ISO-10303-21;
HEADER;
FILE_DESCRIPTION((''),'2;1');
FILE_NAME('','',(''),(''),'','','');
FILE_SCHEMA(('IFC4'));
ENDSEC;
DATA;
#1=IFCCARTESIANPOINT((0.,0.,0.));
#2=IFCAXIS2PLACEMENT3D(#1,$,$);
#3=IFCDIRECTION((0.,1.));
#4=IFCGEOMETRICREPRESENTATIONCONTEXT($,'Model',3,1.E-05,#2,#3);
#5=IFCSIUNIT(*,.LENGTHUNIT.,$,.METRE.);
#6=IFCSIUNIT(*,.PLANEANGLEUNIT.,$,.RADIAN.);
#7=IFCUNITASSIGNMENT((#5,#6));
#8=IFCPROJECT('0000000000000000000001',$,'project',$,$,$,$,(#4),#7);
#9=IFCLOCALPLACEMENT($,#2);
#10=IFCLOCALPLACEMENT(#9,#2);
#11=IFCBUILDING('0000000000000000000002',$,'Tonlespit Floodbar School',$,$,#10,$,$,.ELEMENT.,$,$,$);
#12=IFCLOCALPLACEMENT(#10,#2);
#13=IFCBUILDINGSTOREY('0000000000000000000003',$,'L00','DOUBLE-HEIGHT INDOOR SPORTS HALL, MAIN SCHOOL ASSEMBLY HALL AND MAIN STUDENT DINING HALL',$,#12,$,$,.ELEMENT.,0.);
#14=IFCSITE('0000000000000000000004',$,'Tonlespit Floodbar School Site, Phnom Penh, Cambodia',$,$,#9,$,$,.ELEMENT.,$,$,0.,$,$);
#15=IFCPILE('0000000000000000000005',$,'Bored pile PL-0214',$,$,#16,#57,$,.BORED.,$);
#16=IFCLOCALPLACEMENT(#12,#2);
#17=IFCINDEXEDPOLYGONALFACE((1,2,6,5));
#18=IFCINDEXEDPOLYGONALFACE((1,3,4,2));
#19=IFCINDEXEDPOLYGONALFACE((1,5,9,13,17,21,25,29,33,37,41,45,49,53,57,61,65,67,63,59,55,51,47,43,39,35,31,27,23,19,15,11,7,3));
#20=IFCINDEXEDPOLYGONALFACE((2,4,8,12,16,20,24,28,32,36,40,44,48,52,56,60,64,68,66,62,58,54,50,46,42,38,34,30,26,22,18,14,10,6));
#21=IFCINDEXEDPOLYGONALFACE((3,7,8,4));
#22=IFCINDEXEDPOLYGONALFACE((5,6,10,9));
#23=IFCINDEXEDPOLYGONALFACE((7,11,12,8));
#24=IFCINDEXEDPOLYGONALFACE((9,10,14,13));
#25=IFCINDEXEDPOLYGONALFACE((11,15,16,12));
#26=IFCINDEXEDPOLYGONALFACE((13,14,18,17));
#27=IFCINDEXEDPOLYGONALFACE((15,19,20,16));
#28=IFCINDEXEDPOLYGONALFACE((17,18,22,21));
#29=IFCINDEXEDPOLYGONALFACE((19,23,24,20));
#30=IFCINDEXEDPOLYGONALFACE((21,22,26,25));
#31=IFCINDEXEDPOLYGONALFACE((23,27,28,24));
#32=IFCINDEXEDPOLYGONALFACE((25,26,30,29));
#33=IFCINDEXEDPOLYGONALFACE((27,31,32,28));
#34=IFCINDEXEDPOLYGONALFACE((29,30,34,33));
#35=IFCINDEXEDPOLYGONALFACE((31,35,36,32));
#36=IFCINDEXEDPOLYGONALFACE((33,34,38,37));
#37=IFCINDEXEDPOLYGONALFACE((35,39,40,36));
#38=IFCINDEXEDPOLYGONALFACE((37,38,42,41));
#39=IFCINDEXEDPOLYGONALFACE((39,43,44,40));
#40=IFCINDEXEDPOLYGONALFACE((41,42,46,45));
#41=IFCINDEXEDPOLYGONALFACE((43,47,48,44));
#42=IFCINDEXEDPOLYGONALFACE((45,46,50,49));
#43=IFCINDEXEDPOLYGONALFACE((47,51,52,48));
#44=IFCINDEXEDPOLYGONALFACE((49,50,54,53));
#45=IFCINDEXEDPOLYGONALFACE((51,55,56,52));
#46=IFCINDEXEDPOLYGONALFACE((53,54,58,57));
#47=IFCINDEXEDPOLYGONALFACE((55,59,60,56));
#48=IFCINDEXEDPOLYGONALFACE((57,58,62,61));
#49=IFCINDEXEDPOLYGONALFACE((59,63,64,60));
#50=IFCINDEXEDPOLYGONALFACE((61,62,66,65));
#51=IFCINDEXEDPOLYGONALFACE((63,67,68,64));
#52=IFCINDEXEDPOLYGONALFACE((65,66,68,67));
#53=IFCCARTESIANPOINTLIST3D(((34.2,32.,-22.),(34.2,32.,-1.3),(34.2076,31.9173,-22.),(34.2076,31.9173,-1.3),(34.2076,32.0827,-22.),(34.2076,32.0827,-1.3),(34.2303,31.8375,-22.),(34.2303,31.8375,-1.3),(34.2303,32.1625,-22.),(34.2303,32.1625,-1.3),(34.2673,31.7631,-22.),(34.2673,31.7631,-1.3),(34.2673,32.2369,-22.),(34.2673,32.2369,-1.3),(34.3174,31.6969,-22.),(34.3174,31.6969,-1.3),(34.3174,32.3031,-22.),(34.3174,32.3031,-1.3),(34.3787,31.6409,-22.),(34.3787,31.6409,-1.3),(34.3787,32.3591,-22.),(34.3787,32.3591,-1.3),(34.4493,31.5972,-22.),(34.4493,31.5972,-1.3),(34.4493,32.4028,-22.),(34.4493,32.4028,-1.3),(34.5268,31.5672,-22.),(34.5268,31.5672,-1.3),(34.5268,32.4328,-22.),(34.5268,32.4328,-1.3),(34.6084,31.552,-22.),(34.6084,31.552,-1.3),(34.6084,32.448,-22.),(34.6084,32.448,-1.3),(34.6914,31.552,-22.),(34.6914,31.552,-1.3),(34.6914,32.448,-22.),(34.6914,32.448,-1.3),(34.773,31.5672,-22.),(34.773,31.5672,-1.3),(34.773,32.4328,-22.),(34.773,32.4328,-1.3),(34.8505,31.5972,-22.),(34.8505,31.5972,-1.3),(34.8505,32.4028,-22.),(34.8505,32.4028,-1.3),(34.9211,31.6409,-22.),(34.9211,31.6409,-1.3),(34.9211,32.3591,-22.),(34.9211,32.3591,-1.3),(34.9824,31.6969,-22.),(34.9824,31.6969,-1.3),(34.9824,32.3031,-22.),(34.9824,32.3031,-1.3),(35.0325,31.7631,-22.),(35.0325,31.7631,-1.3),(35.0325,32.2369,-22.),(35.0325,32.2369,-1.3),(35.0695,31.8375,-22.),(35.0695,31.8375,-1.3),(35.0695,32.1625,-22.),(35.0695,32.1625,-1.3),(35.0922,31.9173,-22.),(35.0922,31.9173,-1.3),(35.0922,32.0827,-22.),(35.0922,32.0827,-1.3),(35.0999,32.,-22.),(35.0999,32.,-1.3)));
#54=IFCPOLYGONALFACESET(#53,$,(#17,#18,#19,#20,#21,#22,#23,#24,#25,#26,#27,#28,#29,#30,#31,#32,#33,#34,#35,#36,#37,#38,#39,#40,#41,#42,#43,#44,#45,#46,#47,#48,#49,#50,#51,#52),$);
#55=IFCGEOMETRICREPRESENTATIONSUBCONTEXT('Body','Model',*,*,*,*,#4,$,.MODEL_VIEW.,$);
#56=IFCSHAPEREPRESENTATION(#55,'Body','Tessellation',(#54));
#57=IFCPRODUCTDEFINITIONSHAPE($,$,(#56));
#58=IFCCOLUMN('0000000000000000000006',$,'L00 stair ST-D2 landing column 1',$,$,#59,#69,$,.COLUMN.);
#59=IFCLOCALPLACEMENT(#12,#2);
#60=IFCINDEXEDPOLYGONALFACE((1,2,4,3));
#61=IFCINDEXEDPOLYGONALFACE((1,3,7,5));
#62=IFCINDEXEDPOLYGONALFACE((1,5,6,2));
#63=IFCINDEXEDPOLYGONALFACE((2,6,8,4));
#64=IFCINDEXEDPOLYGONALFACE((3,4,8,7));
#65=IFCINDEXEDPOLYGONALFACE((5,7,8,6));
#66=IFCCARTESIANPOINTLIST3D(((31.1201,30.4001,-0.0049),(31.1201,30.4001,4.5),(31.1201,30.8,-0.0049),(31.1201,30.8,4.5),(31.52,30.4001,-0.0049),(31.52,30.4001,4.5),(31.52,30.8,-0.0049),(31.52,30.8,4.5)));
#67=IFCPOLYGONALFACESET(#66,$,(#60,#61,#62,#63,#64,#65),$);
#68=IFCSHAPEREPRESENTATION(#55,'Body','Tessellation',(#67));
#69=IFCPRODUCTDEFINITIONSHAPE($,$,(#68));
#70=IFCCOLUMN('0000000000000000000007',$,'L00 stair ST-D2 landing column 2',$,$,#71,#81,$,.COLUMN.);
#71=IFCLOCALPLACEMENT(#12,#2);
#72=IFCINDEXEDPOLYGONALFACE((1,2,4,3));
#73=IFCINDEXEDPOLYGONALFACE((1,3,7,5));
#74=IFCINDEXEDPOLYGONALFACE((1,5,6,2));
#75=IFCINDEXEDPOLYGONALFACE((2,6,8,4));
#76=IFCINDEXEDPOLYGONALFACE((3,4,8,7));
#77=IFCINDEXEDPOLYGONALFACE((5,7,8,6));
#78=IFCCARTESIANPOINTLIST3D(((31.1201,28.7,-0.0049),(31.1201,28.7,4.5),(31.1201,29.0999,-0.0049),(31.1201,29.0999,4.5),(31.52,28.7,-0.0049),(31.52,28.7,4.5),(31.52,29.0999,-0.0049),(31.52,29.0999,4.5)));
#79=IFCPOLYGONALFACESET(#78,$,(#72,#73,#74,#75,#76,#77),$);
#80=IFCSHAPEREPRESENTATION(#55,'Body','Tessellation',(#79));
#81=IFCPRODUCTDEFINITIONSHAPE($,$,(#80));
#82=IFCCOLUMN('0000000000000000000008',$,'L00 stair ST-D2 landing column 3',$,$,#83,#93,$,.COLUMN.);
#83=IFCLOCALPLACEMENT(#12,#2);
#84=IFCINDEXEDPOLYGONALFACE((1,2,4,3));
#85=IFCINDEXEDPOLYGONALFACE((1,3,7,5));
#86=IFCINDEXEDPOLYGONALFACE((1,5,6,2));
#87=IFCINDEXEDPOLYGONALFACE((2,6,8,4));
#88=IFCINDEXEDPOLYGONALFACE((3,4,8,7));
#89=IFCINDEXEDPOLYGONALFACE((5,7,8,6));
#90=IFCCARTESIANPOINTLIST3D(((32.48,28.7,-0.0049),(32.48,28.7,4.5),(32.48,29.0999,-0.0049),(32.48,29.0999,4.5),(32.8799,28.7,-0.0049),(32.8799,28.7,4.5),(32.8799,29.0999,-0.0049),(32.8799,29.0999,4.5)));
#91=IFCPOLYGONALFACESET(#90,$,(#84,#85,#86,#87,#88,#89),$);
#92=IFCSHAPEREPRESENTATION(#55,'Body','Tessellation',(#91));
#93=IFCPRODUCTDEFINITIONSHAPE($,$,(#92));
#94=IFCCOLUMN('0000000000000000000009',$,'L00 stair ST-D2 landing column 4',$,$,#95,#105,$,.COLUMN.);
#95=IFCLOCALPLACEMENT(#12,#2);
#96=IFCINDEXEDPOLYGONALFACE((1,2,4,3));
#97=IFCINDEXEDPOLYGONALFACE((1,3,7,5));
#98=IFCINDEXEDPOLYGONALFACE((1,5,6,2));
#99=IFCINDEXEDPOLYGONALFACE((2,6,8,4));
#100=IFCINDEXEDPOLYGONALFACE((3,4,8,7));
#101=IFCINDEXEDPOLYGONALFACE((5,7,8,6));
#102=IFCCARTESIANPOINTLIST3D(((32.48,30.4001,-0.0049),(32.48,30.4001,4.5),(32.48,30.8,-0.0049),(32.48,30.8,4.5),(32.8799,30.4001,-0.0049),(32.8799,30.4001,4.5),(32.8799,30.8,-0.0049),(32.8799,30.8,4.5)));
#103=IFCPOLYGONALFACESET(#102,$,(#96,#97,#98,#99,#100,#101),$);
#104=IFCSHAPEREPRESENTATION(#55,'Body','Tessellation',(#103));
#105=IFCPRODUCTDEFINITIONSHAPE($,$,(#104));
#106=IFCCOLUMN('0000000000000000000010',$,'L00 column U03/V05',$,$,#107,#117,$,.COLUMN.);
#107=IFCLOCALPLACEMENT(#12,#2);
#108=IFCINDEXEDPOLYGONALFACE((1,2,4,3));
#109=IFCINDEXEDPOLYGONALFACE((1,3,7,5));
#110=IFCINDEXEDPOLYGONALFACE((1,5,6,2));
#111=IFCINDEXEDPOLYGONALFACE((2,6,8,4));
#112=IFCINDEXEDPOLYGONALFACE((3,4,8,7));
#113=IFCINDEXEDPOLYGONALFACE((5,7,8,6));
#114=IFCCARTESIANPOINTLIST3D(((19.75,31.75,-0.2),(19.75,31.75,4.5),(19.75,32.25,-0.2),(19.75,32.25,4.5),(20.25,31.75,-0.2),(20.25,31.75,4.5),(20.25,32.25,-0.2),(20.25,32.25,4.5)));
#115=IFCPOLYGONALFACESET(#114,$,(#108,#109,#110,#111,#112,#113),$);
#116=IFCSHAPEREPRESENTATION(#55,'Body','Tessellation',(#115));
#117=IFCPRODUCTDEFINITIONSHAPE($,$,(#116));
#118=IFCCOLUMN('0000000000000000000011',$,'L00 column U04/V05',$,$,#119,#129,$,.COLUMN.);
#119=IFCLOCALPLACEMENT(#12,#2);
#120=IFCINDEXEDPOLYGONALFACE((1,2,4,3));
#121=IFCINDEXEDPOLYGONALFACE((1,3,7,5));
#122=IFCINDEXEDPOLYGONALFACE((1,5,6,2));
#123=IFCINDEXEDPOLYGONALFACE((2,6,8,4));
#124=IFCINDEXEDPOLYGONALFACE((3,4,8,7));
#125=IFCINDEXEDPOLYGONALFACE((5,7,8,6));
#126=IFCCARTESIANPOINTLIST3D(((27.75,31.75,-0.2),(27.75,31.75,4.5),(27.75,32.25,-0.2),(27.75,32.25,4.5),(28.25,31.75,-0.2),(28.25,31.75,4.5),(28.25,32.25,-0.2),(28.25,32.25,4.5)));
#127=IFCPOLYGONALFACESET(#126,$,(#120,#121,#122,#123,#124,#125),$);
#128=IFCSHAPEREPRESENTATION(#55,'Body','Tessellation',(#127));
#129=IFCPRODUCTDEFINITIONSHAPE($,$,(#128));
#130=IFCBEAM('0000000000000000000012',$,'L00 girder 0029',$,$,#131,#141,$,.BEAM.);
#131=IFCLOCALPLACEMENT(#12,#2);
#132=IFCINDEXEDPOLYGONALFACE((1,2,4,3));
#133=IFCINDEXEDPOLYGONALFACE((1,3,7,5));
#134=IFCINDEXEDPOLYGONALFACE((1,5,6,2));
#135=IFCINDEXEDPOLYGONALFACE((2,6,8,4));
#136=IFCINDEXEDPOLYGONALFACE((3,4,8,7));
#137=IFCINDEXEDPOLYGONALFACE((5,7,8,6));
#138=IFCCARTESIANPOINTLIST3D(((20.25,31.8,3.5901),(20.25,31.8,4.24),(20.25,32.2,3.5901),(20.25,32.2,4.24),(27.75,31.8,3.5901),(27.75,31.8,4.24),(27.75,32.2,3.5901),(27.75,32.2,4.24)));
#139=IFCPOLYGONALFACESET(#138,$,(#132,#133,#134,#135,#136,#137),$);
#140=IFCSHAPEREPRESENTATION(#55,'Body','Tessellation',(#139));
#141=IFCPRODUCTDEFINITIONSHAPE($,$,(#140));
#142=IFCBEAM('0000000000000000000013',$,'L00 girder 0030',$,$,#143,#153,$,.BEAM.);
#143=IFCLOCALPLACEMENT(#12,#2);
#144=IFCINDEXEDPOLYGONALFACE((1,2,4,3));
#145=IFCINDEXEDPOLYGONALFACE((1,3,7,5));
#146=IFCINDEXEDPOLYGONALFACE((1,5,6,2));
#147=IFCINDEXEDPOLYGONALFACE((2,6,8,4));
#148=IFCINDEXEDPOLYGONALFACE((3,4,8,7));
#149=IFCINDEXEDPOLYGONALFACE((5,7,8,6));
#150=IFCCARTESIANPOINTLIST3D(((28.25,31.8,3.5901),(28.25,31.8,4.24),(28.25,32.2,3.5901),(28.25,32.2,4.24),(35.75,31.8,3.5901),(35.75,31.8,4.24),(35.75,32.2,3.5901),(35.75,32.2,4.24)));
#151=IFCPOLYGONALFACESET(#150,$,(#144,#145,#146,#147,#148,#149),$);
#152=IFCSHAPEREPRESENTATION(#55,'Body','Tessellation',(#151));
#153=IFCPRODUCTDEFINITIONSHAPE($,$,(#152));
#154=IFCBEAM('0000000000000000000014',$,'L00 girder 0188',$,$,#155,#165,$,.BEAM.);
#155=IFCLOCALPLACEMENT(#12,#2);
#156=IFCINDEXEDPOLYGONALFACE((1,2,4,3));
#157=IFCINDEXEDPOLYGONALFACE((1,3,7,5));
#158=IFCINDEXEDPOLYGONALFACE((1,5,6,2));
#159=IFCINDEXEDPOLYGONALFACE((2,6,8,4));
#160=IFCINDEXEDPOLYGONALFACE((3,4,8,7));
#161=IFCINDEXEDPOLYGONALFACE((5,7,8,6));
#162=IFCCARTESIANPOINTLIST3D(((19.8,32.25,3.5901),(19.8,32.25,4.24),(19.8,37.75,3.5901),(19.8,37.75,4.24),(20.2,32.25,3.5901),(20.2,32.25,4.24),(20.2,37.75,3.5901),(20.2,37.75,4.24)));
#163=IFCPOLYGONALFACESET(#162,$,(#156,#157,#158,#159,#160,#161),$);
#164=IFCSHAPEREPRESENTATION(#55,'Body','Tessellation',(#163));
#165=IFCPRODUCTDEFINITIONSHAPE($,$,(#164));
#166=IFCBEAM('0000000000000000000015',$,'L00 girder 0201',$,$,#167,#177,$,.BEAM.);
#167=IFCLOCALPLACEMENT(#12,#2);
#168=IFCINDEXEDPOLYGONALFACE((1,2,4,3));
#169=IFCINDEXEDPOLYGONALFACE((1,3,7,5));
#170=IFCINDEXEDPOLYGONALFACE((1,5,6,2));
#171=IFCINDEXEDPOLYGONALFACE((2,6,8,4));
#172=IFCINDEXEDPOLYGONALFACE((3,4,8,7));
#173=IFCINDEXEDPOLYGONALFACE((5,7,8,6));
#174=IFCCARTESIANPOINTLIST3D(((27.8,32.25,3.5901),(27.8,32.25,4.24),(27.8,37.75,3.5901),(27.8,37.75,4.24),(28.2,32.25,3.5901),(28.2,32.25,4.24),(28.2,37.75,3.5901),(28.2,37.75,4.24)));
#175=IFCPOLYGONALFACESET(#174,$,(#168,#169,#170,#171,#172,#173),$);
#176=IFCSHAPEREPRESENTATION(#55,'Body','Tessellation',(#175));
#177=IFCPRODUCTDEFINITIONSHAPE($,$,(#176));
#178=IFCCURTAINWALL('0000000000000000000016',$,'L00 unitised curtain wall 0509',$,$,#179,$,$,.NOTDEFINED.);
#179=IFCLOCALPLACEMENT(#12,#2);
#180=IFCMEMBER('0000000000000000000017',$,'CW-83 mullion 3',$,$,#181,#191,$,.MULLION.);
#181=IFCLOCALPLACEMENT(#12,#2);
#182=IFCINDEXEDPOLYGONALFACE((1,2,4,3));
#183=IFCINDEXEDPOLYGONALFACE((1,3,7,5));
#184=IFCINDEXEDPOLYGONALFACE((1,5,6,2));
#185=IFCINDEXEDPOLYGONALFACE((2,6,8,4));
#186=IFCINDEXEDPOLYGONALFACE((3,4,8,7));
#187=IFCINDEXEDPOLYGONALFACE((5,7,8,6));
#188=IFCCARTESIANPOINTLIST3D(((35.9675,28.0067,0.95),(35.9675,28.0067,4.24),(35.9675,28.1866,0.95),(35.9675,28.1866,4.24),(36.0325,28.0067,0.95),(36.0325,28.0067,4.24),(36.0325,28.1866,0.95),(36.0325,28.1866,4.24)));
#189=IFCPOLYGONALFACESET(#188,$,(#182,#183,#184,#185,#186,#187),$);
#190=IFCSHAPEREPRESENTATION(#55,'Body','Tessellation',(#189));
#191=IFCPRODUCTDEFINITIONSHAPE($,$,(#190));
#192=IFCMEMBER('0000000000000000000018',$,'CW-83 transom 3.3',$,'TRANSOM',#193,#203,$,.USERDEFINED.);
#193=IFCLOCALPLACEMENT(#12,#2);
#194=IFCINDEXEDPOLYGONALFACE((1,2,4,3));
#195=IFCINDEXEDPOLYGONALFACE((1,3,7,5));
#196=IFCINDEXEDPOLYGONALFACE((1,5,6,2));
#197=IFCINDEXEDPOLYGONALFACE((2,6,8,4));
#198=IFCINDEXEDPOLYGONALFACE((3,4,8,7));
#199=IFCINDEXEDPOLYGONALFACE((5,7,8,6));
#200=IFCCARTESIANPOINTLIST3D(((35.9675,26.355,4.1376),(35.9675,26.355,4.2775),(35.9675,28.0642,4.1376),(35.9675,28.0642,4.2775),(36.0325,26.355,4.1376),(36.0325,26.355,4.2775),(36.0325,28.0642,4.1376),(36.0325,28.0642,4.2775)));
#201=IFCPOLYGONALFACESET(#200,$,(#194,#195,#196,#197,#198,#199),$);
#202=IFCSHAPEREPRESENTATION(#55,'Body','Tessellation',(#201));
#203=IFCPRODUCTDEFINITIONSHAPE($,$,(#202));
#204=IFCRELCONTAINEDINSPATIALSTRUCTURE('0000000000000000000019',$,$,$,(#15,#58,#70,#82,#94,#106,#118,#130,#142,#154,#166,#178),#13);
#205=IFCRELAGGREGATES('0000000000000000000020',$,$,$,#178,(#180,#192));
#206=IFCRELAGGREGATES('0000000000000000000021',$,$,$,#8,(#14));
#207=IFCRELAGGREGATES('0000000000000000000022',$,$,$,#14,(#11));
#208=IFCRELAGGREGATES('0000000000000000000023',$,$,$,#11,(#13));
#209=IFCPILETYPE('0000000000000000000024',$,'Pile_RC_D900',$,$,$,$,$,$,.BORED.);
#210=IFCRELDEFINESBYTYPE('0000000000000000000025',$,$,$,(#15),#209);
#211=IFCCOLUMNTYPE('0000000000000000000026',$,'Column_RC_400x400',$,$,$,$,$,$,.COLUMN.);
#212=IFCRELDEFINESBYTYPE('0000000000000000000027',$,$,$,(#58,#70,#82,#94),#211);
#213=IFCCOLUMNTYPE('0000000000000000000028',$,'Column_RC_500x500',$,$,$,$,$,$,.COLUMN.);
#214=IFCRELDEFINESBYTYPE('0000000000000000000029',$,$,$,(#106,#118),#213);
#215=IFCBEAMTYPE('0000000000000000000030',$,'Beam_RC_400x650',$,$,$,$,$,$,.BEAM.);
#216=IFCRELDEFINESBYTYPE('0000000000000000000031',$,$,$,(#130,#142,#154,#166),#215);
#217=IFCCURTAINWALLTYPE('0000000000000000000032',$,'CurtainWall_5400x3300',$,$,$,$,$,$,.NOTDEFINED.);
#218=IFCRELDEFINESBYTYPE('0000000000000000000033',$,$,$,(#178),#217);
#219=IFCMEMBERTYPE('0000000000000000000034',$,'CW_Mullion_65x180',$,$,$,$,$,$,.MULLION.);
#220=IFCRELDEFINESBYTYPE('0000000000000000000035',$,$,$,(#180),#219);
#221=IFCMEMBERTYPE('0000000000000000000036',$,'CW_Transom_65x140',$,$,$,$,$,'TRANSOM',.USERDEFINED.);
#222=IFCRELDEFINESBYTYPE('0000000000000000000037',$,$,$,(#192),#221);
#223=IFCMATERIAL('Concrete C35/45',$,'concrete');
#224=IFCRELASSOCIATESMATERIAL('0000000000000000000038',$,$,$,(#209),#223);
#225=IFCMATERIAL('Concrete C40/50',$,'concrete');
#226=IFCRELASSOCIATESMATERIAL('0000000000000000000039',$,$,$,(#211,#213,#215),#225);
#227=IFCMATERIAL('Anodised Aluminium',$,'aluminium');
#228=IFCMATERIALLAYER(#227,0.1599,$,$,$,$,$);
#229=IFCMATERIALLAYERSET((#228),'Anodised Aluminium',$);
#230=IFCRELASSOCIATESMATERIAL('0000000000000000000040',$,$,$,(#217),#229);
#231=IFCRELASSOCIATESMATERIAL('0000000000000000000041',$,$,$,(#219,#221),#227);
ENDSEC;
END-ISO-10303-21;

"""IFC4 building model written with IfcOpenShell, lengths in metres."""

from ifc_helpers import new_model, si_unit, direction, frame, origin, origin_2d, place, context, subcontext, project, spatial, rectangle, circle, extrude, material, layer, layer_set, material_profile, profile_set, type_object, element, aggregate, save


model = new_model("IFC4")

# Units and contexts
model_context = context("Model", 3, precision=1e-05, world=origin(), true_north=direction((0.0, 1.0)))
body_context = subcontext(model_context, "Body", "Model", "MODEL_VIEW")
ifc_project = project(units=[si_unit("LENGTHUNIT", "METRE"), si_unit("PLANEANGLEUNIT", "RADIAN")], contexts=[model_context])

# Site, building, storey
site_placement = place(None, origin())
site = spatial("IfcSite", under=ifc_project, at=site_placement, Name="Tonlespit Floodbar School Site, Phnom Penh, Cambodia", CompositionType="ELEMENT", RefElevation=0.0)
building_placement = place(site_placement, origin())
building = spatial("IfcBuilding", under=site, at=building_placement, Name="Tonlespit Floodbar School", CompositionType="ELEMENT")
storey_placement = place(building_placement, origin())
storey = spatial("IfcBuildingStorey", under=building, at=storey_placement, Name="L00", Description="DOUBLE-HEIGHT INDOOR SPORTS HALL, MAIN SCHOOL ASSEMBLY HALL AND MAIN STUDENT DINING HALL", CompositionType="ELEMENT", Elevation=0.0)

# Shared definitions
ifc_material_1 = material(Name="Concrete C40/50", Category="concrete")

# Pile
ifc_material_2 = material(Name="Concrete C35/45", Category="concrete")
ifc_material_profile_1 = material_profile(ifc_material_2, circle(Radius=0.45, at=origin_2d()), Name="BP D900")
ifc_profile_set_1 = profile_set([ifc_material_profile_1], Name="Concrete C35/45")
pile_type = type_object("IfcPileType", Name="Pile_RC_D900", PredefinedType="BORED", material=ifc_profile_set_1)
for number, where, z_axis, x_axis, name in (
    (1, (34.6499, 32.0, -1.3), (0.0, 0.0, -1.0), (1.0, 0.0, 0.0), "Bored pile PL-0214"),
):
    element("IfcPile", number, at=place(storey_placement, frame(where, z_axis=z_axis, x_axis=x_axis)), inside=storey, type_object=pile_type, Name=name, PredefinedType="BORED", context=body_context, shape_type="SweptSolid", body=[
        extrude(circle(Radius=0.45, at=origin_2d()), origin(), (0.0, 0.0, 1.0), 20.7),
    ])

# Columns
ifc_material_profile_2 = material_profile(ifc_material_1, rectangle(XDim=0.3999, YDim=0.3999, at=origin_2d()), Name="RC 400x400")
ifc_profile_set_2 = profile_set([ifc_material_profile_2], Name="Concrete C40/50")
column_type_1 = type_object("IfcColumnType", Name="Column_RC_400x400", PredefinedType="COLUMN", material=ifc_profile_set_2)
for number, where, z_axis, x_axis, name in (
    (2, (31.3201, 30.6001, -0.0049), (0.0, 0.0, 1.0), (1.0, 0.0, 0.0), "L00 stair ST-D2 landing column 1"),
    (3, (31.3201, 28.8999, -0.0049), (0.0, 0.0, 1.0), (1.0, 0.0, 0.0), "L00 stair ST-D2 landing column 2"),
    (4, (32.6799, 28.8999, -0.0049), (0.0, 0.0, 1.0), (1.0, 0.0, 0.0), "L00 stair ST-D2 landing column 3"),
    (5, (32.6799, 30.6001, -0.0049), (0.0, 0.0, 1.0), (1.0, 0.0, 0.0), "L00 stair ST-D2 landing column 4"),
):
    element("IfcColumn", number, at=place(storey_placement, frame(where, z_axis=z_axis, x_axis=x_axis)), inside=storey, type_object=column_type_1, Name=name, PredefinedType="COLUMN", context=body_context, shape_type="SweptSolid", body=[
        extrude(rectangle(XDim=0.3999, YDim=0.3999, at=origin_2d()), origin(), (0.0, 0.0, 1.0), 4.5049),
    ])
ifc_material_profile_3 = material_profile(ifc_material_1, rectangle(XDim=0.5, YDim=0.5, at=origin_2d()), Name="RC 500x500")
ifc_profile_set_3 = profile_set([ifc_material_profile_3], Name="Concrete C40/50")
column_type_2 = type_object("IfcColumnType", Name="Column_RC_500x500", PredefinedType="COLUMN", material=ifc_profile_set_3)
for number, where, z_axis, x_axis, name in (
    (6, (20.0, 32.0, -0.2), (0.0, 0.0, 1.0), (1.0, 0.0, 0.0), "L00 column U03/V05"),
    (7, (28.0, 32.0, -0.2), (0.0, 0.0, 1.0), (1.0, 0.0, 0.0), "L00 column U04/V05"),
):
    element("IfcColumn", number, at=place(storey_placement, frame(where, z_axis=z_axis, x_axis=x_axis)), inside=storey, type_object=column_type_2, Name=name, PredefinedType="COLUMN", context=body_context, shape_type="SweptSolid", body=[
        extrude(rectangle(XDim=0.5, YDim=0.5, at=origin_2d()), origin(), (0.0, 0.0, 1.0), 4.7),
    ])

# Beams
ifc_material_profile_4 = material_profile(ifc_material_1, rectangle(XDim=0.3999, YDim=0.6499, at=origin_2d()), Name="RC 400x650")
ifc_profile_set_4 = profile_set([ifc_material_profile_4], Name="Concrete C40/50")
beam_type_1 = type_object("IfcBeamType", Name="Beam_RC_400x650", PredefinedType="BEAM", material=ifc_profile_set_4)
for number, where, z_axis, x_axis, name in (
    (8, (20.25, 32.0, 3.915), (1.0, 0.0, 0.0), (0.0, 1.0, 0.0), "L00 girder 0029"),
    (9, (28.25, 32.0, 3.915), (1.0, 0.0, 0.0), (0.0, 1.0, 0.0), "L00 girder 0030"),
):
    element("IfcBeam", number, at=place(storey_placement, frame(where, z_axis=z_axis, x_axis=x_axis)), inside=storey, type_object=beam_type_1, Name=name, PredefinedType="BEAM", context=body_context, shape_type="SweptSolid", body=[
        extrude(rectangle(XDim=0.3999, YDim=0.6499, at=origin_2d()), origin(), (0.0, 0.0, 1.0), 7.5),
    ])
for number, where, z_axis, x_axis, name in (
    (10, (20.0, 32.25, 3.915), (0.0, 1.0, 0.0), (-1.0, 0.0, 0.0), "L00 girder 0188"),
    (11, (28.0, 32.25, 3.915), (0.0, 1.0, 0.0), (-1.0, 0.0, 0.0), "L00 girder 0201"),
):
    element("IfcBeam", number, at=place(storey_placement, frame(where, z_axis=z_axis, x_axis=x_axis)), inside=storey, type_object=beam_type_1, Name=name, PredefinedType="BEAM", context=body_context, shape_type="SweptSolid", body=[
        extrude(rectangle(XDim=0.3999, YDim=0.6499, at=origin_2d()), origin(), (0.0, 0.0, 1.0), 5.5),
    ])

# Curtain wall, members
ifc_material_3 = material(Name="Anodised Aluminium", Category="aluminium")
ifc_layer_1 = layer(ifc_material_3, 0.1599)
ifc_layer_set_1 = layer_set([ifc_layer_1], Name="Anodised Aluminium")
curtain_wall_type = type_object("IfcCurtainWallType", Name="CurtainWall_5400x3300", PredefinedType="NOTDEFINED", material=ifc_layer_set_1)
curtain_wall_placement = place(storey_placement, origin())
curtain_wall = element("IfcCurtainWall", 12, at=curtain_wall_placement, inside=storey, type_object=curtain_wall_type, Name="L00 unitised curtain wall 0509", PredefinedType="NOTDEFINED")
ifc_material_profile_5 = material_profile(ifc_material_3, rectangle(XDim=0.0649, YDim=0.1799, at=origin_2d()), Name="ALU M65x180")
ifc_profile_set_5 = profile_set([ifc_material_profile_5], Name="Anodised Aluminium")
member_type_1 = type_object("IfcMemberType", Name="CW_Mullion_65x180", PredefinedType="MULLION", material=ifc_profile_set_5)
member_1_placement = place(storey_placement, frame((36.0, 28.0967, 0.95), z_axis=(0.0, 0.0, 1.0), x_axis=(1.0, 0.0, 0.0)))
member_1 = element("IfcMember", 13, at=member_1_placement, type_object=member_type_1, Name="CW-83 mullion 3", PredefinedType="MULLION", context=body_context, shape_type="SweptSolid", body=[
    extrude(rectangle(XDim=0.0649, YDim=0.1799, at=origin_2d()), origin(), (0.0, 0.0, 1.0), 3.29),
])
ifc_material_profile_6 = material_profile(ifc_material_3, rectangle(XDim=0.0649, YDim=0.1399, at=origin_2d()), Name="ALU T65x140")
ifc_profile_set_6 = profile_set([ifc_material_profile_6], Name="Anodised Aluminium")
member_type_2 = type_object("IfcMemberType", Name="CW_Transom_65x140", ElementType="TRANSOM", PredefinedType="USERDEFINED", material=ifc_profile_set_6)
member_2_placement = place(storey_placement, frame((36.0, 28.0642, 4.2075), z_axis=(0.0, -1.0, 0.0), x_axis=(1.0, 0.0, 0.0)))
member_2 = element("IfcMember", 14, at=member_2_placement, type_object=member_type_2, Name="CW-83 transom 3.3", ObjectType="TRANSOM", PredefinedType="USERDEFINED", context=body_context, shape_type="SweptSolid", body=[
    extrude(rectangle(XDim=0.0649, YDim=0.1399, at=origin_2d()), origin(), (0.0, 0.0, 1.0), 1.7092),
])
aggregate(curtain_wall, [member_1, member_2])

save(model, "model.ifc")
